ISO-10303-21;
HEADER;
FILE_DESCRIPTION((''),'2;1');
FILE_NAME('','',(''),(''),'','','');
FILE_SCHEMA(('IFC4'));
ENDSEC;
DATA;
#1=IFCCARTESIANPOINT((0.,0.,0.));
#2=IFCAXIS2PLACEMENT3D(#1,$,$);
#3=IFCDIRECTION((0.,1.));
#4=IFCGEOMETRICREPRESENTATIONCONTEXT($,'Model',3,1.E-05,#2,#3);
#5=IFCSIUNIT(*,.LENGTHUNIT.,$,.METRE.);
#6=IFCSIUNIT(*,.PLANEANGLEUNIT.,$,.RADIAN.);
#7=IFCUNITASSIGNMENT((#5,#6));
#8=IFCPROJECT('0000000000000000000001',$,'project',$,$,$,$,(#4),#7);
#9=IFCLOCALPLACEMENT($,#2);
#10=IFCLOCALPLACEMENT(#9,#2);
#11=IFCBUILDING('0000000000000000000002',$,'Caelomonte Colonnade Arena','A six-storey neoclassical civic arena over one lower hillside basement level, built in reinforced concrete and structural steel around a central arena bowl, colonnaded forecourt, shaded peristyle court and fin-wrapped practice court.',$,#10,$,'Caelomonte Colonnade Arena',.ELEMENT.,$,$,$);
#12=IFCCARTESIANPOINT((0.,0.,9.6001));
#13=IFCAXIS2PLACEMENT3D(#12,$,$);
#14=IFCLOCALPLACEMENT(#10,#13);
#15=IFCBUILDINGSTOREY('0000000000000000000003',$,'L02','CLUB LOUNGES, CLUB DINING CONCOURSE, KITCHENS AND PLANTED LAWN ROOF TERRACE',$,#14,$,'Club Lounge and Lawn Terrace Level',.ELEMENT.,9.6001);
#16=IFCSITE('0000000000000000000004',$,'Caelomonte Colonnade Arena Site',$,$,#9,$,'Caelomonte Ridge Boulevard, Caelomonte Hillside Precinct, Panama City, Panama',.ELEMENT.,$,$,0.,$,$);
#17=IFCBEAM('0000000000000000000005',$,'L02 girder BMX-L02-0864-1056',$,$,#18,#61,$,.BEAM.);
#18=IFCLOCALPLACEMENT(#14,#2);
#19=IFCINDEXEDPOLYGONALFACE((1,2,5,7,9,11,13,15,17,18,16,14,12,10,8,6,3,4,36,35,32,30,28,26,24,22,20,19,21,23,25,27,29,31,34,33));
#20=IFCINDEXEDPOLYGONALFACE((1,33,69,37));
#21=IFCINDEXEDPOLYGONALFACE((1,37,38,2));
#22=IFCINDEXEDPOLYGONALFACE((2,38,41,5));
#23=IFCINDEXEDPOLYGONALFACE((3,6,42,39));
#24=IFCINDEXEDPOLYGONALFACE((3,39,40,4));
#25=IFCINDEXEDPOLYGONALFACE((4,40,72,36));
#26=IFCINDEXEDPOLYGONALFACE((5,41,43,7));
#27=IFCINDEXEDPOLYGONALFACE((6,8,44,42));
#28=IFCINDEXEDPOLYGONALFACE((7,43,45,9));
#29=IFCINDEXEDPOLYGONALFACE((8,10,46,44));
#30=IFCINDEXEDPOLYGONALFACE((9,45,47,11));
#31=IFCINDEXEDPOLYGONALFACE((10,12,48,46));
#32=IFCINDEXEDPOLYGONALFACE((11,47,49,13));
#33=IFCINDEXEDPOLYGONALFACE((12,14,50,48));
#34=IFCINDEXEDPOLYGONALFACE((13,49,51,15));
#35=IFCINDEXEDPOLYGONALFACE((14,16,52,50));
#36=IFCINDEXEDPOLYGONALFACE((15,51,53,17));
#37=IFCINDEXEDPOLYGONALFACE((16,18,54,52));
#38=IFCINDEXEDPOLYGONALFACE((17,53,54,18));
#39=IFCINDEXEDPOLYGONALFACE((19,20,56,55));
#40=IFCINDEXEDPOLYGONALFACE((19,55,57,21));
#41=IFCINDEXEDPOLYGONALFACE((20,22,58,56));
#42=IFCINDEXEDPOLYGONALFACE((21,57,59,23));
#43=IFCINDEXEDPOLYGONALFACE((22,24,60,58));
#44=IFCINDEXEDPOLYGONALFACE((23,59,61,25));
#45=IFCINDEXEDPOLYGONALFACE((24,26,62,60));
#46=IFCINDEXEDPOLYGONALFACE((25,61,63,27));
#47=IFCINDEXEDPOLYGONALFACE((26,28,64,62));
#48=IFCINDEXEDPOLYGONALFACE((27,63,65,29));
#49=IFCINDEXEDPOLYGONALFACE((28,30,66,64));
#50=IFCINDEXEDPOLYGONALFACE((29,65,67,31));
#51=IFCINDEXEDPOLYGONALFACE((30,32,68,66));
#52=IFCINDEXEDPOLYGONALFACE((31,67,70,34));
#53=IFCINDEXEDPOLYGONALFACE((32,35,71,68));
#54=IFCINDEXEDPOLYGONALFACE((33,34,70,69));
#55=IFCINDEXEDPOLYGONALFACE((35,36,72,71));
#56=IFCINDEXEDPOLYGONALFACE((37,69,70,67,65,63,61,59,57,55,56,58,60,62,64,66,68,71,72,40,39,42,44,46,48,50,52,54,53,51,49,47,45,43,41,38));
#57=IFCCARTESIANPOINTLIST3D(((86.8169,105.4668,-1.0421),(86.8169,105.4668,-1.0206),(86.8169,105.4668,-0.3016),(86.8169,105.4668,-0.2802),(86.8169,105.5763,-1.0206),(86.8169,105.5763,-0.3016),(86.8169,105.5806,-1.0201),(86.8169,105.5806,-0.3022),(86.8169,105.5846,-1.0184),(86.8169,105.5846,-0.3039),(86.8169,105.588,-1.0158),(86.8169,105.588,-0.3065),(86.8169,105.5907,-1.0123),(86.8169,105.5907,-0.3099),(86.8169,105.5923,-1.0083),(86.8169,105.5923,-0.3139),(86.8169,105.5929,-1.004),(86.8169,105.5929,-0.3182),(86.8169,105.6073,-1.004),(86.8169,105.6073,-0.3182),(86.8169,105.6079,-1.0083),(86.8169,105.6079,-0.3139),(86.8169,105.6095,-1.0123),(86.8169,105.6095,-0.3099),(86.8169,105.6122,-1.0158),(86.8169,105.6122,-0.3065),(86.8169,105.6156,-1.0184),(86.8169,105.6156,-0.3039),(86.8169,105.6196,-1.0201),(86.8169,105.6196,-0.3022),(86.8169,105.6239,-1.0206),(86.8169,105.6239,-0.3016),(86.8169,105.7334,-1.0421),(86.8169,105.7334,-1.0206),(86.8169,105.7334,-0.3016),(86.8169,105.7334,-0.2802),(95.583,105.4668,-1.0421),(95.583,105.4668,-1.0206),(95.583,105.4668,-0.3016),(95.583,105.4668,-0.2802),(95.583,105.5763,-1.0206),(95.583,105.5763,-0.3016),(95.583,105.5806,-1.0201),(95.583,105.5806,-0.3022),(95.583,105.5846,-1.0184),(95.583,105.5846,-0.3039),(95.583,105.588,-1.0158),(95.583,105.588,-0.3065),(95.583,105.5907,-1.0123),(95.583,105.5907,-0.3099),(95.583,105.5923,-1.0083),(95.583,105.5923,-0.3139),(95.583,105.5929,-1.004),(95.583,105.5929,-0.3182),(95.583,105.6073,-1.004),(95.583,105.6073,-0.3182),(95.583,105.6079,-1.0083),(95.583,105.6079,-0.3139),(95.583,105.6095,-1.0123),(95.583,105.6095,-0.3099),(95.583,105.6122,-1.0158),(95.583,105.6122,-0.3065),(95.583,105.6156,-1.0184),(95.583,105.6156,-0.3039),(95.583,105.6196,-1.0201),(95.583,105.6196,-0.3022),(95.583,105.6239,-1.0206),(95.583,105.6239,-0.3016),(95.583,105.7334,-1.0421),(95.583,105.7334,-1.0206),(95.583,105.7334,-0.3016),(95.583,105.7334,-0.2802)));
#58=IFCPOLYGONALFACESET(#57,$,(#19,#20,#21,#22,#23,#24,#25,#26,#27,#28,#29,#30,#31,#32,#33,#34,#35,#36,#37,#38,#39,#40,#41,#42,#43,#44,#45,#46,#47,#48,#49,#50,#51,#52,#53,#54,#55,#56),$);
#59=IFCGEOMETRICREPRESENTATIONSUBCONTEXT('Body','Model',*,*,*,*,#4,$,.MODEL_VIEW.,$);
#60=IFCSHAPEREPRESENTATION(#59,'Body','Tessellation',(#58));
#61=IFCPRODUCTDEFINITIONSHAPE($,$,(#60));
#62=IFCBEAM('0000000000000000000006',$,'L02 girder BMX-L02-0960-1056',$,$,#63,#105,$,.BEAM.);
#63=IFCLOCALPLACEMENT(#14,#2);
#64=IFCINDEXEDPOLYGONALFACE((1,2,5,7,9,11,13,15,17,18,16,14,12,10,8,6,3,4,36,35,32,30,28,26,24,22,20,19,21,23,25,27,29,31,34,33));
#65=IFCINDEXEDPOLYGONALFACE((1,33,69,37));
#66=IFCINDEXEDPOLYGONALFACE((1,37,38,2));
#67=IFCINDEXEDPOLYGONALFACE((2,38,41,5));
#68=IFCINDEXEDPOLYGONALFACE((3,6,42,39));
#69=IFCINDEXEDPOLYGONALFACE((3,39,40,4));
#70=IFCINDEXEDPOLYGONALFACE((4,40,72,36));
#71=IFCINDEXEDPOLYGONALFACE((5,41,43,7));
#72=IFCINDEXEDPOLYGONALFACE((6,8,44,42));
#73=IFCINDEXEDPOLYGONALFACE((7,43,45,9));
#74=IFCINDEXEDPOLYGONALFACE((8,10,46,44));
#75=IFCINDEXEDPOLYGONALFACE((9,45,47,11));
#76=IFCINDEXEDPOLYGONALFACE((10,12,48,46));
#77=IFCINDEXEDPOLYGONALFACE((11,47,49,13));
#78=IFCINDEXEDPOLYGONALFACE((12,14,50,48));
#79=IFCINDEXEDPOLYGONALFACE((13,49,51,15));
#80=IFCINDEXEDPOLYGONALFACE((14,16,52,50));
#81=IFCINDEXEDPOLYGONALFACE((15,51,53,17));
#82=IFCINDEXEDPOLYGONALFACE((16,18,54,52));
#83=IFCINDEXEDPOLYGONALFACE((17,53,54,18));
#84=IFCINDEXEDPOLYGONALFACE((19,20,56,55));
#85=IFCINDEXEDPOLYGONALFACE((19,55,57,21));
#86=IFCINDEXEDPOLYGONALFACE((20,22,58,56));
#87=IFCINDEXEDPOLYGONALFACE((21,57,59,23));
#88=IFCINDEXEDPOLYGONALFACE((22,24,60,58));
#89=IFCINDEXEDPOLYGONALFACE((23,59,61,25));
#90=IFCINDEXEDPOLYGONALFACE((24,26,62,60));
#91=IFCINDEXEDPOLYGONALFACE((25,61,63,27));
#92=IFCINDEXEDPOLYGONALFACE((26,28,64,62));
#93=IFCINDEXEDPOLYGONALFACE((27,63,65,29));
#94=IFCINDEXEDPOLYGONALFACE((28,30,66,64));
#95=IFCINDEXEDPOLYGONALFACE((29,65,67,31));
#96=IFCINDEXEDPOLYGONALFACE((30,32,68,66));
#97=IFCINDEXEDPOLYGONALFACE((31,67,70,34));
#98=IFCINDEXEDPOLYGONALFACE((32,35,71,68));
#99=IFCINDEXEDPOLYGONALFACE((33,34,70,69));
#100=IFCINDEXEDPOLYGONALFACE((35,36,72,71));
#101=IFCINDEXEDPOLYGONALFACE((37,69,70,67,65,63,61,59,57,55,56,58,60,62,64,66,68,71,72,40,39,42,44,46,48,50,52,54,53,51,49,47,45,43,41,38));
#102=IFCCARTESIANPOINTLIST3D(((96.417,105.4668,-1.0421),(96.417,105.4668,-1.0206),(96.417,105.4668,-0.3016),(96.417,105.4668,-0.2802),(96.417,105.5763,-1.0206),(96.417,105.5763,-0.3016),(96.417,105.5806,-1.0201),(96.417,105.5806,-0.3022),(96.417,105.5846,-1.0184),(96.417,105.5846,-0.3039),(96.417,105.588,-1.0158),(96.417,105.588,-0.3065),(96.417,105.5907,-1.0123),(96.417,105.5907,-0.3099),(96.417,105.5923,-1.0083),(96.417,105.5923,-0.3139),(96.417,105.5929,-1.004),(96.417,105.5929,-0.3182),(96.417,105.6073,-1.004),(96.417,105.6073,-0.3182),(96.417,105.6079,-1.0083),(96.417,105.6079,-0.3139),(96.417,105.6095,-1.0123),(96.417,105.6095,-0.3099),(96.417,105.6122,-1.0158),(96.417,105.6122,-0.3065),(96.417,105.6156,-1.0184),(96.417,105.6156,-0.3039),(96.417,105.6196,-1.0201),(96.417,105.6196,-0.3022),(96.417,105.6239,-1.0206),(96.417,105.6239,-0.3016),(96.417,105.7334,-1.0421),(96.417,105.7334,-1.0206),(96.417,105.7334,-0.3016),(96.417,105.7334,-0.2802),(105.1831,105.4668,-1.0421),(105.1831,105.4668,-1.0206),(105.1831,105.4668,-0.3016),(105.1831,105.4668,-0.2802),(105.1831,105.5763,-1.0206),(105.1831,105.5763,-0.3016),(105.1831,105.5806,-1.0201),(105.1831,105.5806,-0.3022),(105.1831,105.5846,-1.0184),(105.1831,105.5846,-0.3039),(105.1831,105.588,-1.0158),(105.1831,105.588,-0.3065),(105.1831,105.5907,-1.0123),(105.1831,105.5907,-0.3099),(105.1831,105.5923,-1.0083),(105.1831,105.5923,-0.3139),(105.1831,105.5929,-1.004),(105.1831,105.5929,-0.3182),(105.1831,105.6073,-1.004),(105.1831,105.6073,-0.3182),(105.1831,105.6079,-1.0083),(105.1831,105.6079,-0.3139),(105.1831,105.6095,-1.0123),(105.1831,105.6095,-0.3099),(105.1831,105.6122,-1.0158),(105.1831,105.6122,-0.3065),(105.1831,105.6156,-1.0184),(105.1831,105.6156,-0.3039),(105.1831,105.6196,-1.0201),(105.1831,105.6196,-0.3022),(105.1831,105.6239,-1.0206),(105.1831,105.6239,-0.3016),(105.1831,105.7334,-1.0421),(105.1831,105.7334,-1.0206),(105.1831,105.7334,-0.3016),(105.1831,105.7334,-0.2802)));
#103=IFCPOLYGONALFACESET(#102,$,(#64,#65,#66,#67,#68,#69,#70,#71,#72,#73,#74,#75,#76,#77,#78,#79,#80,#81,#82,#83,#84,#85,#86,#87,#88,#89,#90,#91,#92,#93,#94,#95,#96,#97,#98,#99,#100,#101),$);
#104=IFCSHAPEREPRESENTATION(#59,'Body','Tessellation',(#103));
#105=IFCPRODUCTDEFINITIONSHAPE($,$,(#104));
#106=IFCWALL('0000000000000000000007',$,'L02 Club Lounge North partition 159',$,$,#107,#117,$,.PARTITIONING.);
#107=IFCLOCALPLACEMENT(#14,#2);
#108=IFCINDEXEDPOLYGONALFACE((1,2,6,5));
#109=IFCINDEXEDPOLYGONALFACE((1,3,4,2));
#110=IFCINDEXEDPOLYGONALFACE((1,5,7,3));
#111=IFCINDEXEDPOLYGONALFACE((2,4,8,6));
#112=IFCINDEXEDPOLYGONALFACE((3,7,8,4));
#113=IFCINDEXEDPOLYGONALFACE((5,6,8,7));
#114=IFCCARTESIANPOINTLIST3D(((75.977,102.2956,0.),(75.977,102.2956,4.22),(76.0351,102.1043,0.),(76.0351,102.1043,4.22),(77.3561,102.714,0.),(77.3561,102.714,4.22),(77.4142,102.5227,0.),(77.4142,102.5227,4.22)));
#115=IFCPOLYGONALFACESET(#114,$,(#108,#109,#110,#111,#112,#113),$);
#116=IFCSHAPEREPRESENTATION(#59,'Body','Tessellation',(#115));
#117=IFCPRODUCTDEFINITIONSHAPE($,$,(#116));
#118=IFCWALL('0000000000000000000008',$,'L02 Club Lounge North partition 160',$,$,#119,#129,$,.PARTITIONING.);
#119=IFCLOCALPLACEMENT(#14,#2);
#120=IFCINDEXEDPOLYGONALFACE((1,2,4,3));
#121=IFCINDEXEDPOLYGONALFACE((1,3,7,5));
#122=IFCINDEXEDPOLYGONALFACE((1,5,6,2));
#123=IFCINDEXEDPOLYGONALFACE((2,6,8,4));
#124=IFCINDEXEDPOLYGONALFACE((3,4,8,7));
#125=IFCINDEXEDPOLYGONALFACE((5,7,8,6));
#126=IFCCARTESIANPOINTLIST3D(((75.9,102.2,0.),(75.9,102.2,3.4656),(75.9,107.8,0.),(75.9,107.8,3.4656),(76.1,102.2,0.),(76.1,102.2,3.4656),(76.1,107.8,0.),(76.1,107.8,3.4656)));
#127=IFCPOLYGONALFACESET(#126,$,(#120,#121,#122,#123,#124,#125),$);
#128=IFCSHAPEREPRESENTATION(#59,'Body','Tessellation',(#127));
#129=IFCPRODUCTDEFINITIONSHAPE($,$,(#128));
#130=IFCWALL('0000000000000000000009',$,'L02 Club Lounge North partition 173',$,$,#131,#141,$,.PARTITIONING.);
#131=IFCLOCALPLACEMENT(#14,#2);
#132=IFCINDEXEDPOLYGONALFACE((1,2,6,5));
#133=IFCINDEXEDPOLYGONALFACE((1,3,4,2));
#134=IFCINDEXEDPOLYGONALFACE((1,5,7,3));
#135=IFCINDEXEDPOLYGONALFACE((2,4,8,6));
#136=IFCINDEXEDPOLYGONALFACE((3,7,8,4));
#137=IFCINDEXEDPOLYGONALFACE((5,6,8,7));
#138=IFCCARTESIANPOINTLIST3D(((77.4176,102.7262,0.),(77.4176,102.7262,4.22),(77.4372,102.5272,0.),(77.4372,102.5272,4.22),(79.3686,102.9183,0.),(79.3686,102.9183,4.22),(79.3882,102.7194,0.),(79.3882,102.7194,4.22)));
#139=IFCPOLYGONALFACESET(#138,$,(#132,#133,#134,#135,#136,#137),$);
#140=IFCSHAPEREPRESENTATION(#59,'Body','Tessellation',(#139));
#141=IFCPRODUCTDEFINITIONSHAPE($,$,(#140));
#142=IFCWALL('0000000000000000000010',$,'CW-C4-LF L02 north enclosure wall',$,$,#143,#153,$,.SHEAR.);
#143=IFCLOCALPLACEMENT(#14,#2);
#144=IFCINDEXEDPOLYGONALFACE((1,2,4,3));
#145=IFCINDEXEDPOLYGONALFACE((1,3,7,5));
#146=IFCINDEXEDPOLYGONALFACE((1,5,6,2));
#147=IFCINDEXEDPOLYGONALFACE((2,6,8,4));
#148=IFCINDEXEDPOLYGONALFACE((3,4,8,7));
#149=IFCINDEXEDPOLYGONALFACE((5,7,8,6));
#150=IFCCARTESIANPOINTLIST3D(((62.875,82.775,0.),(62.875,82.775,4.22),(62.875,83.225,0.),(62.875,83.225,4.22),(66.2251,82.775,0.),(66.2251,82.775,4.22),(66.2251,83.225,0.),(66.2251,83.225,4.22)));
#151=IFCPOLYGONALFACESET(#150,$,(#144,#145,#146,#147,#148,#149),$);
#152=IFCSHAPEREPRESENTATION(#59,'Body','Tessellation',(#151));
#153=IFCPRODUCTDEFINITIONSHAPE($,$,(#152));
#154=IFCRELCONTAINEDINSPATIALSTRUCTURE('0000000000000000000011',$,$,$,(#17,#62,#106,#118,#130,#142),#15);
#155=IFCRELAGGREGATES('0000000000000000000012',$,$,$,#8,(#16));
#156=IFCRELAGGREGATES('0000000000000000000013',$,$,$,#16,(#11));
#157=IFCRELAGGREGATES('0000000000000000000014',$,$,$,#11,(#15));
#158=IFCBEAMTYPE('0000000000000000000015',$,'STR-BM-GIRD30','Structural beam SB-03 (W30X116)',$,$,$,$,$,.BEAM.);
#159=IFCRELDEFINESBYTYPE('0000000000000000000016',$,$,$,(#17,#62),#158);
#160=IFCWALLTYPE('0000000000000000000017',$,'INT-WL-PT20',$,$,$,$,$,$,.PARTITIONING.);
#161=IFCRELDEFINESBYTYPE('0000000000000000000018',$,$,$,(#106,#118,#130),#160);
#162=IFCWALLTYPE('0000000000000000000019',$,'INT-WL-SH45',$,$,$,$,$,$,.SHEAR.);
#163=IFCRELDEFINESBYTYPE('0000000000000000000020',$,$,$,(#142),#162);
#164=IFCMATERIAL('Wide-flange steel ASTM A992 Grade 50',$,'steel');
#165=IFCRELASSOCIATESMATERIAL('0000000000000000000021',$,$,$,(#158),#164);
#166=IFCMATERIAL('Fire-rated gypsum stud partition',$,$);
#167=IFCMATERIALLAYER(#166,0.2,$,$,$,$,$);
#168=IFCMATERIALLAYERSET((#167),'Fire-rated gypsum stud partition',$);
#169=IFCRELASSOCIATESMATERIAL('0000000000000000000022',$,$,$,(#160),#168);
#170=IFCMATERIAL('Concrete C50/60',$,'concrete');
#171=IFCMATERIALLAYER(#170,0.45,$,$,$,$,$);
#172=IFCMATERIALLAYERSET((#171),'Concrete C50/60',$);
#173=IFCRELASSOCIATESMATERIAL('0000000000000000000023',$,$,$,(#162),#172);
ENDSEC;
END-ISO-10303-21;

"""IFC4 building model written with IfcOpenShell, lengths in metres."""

from ifc_helpers import new_model, si_unit, direction, frame, frame_2d, origin, origin_2d, place, context, subcontext, project, spatial, rectangle, i_section, extrude, material, layer, layer_set, material_profile, profile_set, type_object, element, save


model = new_model("IFC4")

# Units and contexts
model_context = context("Model", 3, precision=1e-05, world=origin(), true_north=direction((0.0, 1.0)))
body_context = subcontext(model_context, "Body", "Model", "MODEL_VIEW")
ifc_project = project(units=[si_unit("LENGTHUNIT", "METRE"), si_unit("PLANEANGLEUNIT", "RADIAN")], contexts=[model_context])

# Site, building, storey
site_placement = place(None, origin())
site = spatial("IfcSite", under=ifc_project, at=site_placement, Name="Caelomonte Colonnade Arena Site", LongName="Caelomonte Ridge Boulevard, Caelomonte Hillside Precinct, Panama City, Panama", CompositionType="ELEMENT", RefElevation=0.0)
building_placement = place(site_placement, origin())
building = spatial("IfcBuilding", under=site, at=building_placement, Name="Caelomonte Colonnade Arena", Description="A six-storey neoclassical civic arena over one lower hillside basement level, built in reinforced concrete and structural steel around a central arena bowl, colonnaded forecourt, shaded peristyle court and fin-wrapped practice court.", LongName="Caelomonte Colonnade Arena", CompositionType="ELEMENT")
storey_placement = place(building_placement, frame((0.0, 0.0, 9.6001)))
storey = spatial("IfcBuildingStorey", under=building, at=storey_placement, Name="L02", Description="CLUB LOUNGES, CLUB DINING CONCOURSE, KITCHENS AND PLANTED LAWN ROOF TERRACE", LongName="Club Lounge and Lawn Terrace Level", CompositionType="ELEMENT", Elevation=9.6001)

# Shared definitions
ifc_material_1 = material(Name="Concrete C50/60", Category="concrete")
ifc_material_2 = material(Name="Wide-flange steel ASTM A992 Grade 50", Category="steel")

# Beams
ifc_material_profile_1 = material_profile(ifc_material_2, i_section(OverallWidth=0.2666, OverallDepth=0.762, WebThickness=0.0144, FlangeThickness=0.0215, FilletRadius=0.0166, at=origin_2d()), Name="W30X116")
ifc_profile_set_1 = profile_set([ifc_material_profile_1], Name="Wide-flange steel ASTM A992 Grade 50")
beam_type_1 = type_object("IfcBeamType", Name="STR-BM-GIRD30", Description="Structural beam SB-03 (W30X116)", PredefinedType="BEAM", material=ifc_profile_set_1)
for number, where, z_axis, x_axis, name in (
    (1, (86.8169, 105.6001, -0.6611), (1.0, 0.0, 0.0), (0.0, 1.0, 0.0), "L02 girder BMX-L02-0864-1056"),
    (2, (96.417, 105.6001, -0.6611), (1.0, 0.0, 0.0), (0.0, 1.0, 0.0), "L02 girder BMX-L02-0960-1056"),
):
    element("IfcBeam", number, at=place(storey_placement, frame(where, z_axis=z_axis, x_axis=x_axis)), inside=storey, type_object=beam_type_1, Name=name, PredefinedType="BEAM", context=body_context, shape_type="SweptSolid", body=[
        extrude(i_section(OverallWidth=0.2666, OverallDepth=0.762, WebThickness=0.0144, FlangeThickness=0.0215, FilletRadius=0.0166, at=origin_2d()), origin(), (0.0, 0.0, 1.0), 8.7661),
    ])

# Walls
ifc_material_3 = material(Name="Fire-rated gypsum stud partition")
ifc_layer_1 = layer(ifc_material_3, 0.2)
ifc_layer_set_1 = layer_set([ifc_layer_1], Name="Fire-rated gypsum stud partition")
wall_type_1 = type_object("IfcWallType", Name="INT-WL-PT20", PredefinedType="PARTITIONING", material=ifc_layer_set_1)
wall_1_placement = place(storey_placement, frame((77.3853, 102.6184, 0.0), z_axis=(0.0, 0.0, 1.0), x_axis=(-0.956922, -0.290346, 0.0)))
element("IfcWall", 3, at=wall_1_placement, inside=storey, type_object=wall_type_1, Name="L02 Club Lounge North partition 159", PredefinedType="PARTITIONING", context=body_context, shape_type="SweptSolid", body=[
    extrude(rectangle(XDim=1.4412, YDim=0.2, at=frame_2d((0.7207, 0.0))), origin(), (0.0, 0.0, 1.0), 4.22),
])
wall_2_placement = place(storey_placement, frame((76.0, 102.2, 0.0), z_axis=(0.0, 0.0, 1.0), x_axis=(0.0, 1.0, 0.0)))
element("IfcWall", 4, at=wall_2_placement, inside=storey, type_object=wall_type_1, Name="L02 Club Lounge North partition 160", PredefinedType="PARTITIONING", context=body_context, shape_type="SweptSolid", body=[
    extrude(rectangle(XDim=5.6001, YDim=0.2, at=frame_2d((2.8, 0.0))), origin(), (0.0, 0.0, 1.0), 3.4656),
])
wall_3_placement = place(storey_placement, frame((79.3784, 102.8188, 0.0), z_axis=(0.0, 0.0, 1.0), x_axis=(-0.995185, -0.098012, 0.0)))
element("IfcWall", 5, at=wall_3_placement, inside=storey, type_object=wall_type_1, Name="L02 Club Lounge North partition 173", PredefinedType="PARTITIONING", context=body_context, shape_type="SweptSolid", body=[
    extrude(rectangle(XDim=1.9604, YDim=0.2, at=frame_2d((0.9802, 0.0))), origin(), (0.0, 0.0, 1.0), 4.22),
])
ifc_layer_2 = layer(ifc_material_1, 0.45)
ifc_layer_set_2 = layer_set([ifc_layer_2], Name="Concrete C50/60")
wall_type_2 = type_object("IfcWallType", Name="INT-WL-SH45", PredefinedType="SHEAR", material=ifc_layer_set_2)
wall_4_placement = place(storey_placement, frame((66.2251, 83.0, 0.0), z_axis=(0.0, 0.0, 1.0), x_axis=(-1.0, 0.0, 0.0)))
element("IfcWall", 6, at=wall_4_placement, inside=storey, type_object=wall_type_2, Name="CW-C4-LF L02 north enclosure wall", PredefinedType="SHEAR", context=body_context, shape_type="SweptSolid", body=[
    extrude(rectangle(XDim=3.3501, YDim=0.45, at=frame_2d((1.675, 0.0))), origin(), (0.0, 0.0, 1.0), 4.22),
])

save(model, "model.ifc")
